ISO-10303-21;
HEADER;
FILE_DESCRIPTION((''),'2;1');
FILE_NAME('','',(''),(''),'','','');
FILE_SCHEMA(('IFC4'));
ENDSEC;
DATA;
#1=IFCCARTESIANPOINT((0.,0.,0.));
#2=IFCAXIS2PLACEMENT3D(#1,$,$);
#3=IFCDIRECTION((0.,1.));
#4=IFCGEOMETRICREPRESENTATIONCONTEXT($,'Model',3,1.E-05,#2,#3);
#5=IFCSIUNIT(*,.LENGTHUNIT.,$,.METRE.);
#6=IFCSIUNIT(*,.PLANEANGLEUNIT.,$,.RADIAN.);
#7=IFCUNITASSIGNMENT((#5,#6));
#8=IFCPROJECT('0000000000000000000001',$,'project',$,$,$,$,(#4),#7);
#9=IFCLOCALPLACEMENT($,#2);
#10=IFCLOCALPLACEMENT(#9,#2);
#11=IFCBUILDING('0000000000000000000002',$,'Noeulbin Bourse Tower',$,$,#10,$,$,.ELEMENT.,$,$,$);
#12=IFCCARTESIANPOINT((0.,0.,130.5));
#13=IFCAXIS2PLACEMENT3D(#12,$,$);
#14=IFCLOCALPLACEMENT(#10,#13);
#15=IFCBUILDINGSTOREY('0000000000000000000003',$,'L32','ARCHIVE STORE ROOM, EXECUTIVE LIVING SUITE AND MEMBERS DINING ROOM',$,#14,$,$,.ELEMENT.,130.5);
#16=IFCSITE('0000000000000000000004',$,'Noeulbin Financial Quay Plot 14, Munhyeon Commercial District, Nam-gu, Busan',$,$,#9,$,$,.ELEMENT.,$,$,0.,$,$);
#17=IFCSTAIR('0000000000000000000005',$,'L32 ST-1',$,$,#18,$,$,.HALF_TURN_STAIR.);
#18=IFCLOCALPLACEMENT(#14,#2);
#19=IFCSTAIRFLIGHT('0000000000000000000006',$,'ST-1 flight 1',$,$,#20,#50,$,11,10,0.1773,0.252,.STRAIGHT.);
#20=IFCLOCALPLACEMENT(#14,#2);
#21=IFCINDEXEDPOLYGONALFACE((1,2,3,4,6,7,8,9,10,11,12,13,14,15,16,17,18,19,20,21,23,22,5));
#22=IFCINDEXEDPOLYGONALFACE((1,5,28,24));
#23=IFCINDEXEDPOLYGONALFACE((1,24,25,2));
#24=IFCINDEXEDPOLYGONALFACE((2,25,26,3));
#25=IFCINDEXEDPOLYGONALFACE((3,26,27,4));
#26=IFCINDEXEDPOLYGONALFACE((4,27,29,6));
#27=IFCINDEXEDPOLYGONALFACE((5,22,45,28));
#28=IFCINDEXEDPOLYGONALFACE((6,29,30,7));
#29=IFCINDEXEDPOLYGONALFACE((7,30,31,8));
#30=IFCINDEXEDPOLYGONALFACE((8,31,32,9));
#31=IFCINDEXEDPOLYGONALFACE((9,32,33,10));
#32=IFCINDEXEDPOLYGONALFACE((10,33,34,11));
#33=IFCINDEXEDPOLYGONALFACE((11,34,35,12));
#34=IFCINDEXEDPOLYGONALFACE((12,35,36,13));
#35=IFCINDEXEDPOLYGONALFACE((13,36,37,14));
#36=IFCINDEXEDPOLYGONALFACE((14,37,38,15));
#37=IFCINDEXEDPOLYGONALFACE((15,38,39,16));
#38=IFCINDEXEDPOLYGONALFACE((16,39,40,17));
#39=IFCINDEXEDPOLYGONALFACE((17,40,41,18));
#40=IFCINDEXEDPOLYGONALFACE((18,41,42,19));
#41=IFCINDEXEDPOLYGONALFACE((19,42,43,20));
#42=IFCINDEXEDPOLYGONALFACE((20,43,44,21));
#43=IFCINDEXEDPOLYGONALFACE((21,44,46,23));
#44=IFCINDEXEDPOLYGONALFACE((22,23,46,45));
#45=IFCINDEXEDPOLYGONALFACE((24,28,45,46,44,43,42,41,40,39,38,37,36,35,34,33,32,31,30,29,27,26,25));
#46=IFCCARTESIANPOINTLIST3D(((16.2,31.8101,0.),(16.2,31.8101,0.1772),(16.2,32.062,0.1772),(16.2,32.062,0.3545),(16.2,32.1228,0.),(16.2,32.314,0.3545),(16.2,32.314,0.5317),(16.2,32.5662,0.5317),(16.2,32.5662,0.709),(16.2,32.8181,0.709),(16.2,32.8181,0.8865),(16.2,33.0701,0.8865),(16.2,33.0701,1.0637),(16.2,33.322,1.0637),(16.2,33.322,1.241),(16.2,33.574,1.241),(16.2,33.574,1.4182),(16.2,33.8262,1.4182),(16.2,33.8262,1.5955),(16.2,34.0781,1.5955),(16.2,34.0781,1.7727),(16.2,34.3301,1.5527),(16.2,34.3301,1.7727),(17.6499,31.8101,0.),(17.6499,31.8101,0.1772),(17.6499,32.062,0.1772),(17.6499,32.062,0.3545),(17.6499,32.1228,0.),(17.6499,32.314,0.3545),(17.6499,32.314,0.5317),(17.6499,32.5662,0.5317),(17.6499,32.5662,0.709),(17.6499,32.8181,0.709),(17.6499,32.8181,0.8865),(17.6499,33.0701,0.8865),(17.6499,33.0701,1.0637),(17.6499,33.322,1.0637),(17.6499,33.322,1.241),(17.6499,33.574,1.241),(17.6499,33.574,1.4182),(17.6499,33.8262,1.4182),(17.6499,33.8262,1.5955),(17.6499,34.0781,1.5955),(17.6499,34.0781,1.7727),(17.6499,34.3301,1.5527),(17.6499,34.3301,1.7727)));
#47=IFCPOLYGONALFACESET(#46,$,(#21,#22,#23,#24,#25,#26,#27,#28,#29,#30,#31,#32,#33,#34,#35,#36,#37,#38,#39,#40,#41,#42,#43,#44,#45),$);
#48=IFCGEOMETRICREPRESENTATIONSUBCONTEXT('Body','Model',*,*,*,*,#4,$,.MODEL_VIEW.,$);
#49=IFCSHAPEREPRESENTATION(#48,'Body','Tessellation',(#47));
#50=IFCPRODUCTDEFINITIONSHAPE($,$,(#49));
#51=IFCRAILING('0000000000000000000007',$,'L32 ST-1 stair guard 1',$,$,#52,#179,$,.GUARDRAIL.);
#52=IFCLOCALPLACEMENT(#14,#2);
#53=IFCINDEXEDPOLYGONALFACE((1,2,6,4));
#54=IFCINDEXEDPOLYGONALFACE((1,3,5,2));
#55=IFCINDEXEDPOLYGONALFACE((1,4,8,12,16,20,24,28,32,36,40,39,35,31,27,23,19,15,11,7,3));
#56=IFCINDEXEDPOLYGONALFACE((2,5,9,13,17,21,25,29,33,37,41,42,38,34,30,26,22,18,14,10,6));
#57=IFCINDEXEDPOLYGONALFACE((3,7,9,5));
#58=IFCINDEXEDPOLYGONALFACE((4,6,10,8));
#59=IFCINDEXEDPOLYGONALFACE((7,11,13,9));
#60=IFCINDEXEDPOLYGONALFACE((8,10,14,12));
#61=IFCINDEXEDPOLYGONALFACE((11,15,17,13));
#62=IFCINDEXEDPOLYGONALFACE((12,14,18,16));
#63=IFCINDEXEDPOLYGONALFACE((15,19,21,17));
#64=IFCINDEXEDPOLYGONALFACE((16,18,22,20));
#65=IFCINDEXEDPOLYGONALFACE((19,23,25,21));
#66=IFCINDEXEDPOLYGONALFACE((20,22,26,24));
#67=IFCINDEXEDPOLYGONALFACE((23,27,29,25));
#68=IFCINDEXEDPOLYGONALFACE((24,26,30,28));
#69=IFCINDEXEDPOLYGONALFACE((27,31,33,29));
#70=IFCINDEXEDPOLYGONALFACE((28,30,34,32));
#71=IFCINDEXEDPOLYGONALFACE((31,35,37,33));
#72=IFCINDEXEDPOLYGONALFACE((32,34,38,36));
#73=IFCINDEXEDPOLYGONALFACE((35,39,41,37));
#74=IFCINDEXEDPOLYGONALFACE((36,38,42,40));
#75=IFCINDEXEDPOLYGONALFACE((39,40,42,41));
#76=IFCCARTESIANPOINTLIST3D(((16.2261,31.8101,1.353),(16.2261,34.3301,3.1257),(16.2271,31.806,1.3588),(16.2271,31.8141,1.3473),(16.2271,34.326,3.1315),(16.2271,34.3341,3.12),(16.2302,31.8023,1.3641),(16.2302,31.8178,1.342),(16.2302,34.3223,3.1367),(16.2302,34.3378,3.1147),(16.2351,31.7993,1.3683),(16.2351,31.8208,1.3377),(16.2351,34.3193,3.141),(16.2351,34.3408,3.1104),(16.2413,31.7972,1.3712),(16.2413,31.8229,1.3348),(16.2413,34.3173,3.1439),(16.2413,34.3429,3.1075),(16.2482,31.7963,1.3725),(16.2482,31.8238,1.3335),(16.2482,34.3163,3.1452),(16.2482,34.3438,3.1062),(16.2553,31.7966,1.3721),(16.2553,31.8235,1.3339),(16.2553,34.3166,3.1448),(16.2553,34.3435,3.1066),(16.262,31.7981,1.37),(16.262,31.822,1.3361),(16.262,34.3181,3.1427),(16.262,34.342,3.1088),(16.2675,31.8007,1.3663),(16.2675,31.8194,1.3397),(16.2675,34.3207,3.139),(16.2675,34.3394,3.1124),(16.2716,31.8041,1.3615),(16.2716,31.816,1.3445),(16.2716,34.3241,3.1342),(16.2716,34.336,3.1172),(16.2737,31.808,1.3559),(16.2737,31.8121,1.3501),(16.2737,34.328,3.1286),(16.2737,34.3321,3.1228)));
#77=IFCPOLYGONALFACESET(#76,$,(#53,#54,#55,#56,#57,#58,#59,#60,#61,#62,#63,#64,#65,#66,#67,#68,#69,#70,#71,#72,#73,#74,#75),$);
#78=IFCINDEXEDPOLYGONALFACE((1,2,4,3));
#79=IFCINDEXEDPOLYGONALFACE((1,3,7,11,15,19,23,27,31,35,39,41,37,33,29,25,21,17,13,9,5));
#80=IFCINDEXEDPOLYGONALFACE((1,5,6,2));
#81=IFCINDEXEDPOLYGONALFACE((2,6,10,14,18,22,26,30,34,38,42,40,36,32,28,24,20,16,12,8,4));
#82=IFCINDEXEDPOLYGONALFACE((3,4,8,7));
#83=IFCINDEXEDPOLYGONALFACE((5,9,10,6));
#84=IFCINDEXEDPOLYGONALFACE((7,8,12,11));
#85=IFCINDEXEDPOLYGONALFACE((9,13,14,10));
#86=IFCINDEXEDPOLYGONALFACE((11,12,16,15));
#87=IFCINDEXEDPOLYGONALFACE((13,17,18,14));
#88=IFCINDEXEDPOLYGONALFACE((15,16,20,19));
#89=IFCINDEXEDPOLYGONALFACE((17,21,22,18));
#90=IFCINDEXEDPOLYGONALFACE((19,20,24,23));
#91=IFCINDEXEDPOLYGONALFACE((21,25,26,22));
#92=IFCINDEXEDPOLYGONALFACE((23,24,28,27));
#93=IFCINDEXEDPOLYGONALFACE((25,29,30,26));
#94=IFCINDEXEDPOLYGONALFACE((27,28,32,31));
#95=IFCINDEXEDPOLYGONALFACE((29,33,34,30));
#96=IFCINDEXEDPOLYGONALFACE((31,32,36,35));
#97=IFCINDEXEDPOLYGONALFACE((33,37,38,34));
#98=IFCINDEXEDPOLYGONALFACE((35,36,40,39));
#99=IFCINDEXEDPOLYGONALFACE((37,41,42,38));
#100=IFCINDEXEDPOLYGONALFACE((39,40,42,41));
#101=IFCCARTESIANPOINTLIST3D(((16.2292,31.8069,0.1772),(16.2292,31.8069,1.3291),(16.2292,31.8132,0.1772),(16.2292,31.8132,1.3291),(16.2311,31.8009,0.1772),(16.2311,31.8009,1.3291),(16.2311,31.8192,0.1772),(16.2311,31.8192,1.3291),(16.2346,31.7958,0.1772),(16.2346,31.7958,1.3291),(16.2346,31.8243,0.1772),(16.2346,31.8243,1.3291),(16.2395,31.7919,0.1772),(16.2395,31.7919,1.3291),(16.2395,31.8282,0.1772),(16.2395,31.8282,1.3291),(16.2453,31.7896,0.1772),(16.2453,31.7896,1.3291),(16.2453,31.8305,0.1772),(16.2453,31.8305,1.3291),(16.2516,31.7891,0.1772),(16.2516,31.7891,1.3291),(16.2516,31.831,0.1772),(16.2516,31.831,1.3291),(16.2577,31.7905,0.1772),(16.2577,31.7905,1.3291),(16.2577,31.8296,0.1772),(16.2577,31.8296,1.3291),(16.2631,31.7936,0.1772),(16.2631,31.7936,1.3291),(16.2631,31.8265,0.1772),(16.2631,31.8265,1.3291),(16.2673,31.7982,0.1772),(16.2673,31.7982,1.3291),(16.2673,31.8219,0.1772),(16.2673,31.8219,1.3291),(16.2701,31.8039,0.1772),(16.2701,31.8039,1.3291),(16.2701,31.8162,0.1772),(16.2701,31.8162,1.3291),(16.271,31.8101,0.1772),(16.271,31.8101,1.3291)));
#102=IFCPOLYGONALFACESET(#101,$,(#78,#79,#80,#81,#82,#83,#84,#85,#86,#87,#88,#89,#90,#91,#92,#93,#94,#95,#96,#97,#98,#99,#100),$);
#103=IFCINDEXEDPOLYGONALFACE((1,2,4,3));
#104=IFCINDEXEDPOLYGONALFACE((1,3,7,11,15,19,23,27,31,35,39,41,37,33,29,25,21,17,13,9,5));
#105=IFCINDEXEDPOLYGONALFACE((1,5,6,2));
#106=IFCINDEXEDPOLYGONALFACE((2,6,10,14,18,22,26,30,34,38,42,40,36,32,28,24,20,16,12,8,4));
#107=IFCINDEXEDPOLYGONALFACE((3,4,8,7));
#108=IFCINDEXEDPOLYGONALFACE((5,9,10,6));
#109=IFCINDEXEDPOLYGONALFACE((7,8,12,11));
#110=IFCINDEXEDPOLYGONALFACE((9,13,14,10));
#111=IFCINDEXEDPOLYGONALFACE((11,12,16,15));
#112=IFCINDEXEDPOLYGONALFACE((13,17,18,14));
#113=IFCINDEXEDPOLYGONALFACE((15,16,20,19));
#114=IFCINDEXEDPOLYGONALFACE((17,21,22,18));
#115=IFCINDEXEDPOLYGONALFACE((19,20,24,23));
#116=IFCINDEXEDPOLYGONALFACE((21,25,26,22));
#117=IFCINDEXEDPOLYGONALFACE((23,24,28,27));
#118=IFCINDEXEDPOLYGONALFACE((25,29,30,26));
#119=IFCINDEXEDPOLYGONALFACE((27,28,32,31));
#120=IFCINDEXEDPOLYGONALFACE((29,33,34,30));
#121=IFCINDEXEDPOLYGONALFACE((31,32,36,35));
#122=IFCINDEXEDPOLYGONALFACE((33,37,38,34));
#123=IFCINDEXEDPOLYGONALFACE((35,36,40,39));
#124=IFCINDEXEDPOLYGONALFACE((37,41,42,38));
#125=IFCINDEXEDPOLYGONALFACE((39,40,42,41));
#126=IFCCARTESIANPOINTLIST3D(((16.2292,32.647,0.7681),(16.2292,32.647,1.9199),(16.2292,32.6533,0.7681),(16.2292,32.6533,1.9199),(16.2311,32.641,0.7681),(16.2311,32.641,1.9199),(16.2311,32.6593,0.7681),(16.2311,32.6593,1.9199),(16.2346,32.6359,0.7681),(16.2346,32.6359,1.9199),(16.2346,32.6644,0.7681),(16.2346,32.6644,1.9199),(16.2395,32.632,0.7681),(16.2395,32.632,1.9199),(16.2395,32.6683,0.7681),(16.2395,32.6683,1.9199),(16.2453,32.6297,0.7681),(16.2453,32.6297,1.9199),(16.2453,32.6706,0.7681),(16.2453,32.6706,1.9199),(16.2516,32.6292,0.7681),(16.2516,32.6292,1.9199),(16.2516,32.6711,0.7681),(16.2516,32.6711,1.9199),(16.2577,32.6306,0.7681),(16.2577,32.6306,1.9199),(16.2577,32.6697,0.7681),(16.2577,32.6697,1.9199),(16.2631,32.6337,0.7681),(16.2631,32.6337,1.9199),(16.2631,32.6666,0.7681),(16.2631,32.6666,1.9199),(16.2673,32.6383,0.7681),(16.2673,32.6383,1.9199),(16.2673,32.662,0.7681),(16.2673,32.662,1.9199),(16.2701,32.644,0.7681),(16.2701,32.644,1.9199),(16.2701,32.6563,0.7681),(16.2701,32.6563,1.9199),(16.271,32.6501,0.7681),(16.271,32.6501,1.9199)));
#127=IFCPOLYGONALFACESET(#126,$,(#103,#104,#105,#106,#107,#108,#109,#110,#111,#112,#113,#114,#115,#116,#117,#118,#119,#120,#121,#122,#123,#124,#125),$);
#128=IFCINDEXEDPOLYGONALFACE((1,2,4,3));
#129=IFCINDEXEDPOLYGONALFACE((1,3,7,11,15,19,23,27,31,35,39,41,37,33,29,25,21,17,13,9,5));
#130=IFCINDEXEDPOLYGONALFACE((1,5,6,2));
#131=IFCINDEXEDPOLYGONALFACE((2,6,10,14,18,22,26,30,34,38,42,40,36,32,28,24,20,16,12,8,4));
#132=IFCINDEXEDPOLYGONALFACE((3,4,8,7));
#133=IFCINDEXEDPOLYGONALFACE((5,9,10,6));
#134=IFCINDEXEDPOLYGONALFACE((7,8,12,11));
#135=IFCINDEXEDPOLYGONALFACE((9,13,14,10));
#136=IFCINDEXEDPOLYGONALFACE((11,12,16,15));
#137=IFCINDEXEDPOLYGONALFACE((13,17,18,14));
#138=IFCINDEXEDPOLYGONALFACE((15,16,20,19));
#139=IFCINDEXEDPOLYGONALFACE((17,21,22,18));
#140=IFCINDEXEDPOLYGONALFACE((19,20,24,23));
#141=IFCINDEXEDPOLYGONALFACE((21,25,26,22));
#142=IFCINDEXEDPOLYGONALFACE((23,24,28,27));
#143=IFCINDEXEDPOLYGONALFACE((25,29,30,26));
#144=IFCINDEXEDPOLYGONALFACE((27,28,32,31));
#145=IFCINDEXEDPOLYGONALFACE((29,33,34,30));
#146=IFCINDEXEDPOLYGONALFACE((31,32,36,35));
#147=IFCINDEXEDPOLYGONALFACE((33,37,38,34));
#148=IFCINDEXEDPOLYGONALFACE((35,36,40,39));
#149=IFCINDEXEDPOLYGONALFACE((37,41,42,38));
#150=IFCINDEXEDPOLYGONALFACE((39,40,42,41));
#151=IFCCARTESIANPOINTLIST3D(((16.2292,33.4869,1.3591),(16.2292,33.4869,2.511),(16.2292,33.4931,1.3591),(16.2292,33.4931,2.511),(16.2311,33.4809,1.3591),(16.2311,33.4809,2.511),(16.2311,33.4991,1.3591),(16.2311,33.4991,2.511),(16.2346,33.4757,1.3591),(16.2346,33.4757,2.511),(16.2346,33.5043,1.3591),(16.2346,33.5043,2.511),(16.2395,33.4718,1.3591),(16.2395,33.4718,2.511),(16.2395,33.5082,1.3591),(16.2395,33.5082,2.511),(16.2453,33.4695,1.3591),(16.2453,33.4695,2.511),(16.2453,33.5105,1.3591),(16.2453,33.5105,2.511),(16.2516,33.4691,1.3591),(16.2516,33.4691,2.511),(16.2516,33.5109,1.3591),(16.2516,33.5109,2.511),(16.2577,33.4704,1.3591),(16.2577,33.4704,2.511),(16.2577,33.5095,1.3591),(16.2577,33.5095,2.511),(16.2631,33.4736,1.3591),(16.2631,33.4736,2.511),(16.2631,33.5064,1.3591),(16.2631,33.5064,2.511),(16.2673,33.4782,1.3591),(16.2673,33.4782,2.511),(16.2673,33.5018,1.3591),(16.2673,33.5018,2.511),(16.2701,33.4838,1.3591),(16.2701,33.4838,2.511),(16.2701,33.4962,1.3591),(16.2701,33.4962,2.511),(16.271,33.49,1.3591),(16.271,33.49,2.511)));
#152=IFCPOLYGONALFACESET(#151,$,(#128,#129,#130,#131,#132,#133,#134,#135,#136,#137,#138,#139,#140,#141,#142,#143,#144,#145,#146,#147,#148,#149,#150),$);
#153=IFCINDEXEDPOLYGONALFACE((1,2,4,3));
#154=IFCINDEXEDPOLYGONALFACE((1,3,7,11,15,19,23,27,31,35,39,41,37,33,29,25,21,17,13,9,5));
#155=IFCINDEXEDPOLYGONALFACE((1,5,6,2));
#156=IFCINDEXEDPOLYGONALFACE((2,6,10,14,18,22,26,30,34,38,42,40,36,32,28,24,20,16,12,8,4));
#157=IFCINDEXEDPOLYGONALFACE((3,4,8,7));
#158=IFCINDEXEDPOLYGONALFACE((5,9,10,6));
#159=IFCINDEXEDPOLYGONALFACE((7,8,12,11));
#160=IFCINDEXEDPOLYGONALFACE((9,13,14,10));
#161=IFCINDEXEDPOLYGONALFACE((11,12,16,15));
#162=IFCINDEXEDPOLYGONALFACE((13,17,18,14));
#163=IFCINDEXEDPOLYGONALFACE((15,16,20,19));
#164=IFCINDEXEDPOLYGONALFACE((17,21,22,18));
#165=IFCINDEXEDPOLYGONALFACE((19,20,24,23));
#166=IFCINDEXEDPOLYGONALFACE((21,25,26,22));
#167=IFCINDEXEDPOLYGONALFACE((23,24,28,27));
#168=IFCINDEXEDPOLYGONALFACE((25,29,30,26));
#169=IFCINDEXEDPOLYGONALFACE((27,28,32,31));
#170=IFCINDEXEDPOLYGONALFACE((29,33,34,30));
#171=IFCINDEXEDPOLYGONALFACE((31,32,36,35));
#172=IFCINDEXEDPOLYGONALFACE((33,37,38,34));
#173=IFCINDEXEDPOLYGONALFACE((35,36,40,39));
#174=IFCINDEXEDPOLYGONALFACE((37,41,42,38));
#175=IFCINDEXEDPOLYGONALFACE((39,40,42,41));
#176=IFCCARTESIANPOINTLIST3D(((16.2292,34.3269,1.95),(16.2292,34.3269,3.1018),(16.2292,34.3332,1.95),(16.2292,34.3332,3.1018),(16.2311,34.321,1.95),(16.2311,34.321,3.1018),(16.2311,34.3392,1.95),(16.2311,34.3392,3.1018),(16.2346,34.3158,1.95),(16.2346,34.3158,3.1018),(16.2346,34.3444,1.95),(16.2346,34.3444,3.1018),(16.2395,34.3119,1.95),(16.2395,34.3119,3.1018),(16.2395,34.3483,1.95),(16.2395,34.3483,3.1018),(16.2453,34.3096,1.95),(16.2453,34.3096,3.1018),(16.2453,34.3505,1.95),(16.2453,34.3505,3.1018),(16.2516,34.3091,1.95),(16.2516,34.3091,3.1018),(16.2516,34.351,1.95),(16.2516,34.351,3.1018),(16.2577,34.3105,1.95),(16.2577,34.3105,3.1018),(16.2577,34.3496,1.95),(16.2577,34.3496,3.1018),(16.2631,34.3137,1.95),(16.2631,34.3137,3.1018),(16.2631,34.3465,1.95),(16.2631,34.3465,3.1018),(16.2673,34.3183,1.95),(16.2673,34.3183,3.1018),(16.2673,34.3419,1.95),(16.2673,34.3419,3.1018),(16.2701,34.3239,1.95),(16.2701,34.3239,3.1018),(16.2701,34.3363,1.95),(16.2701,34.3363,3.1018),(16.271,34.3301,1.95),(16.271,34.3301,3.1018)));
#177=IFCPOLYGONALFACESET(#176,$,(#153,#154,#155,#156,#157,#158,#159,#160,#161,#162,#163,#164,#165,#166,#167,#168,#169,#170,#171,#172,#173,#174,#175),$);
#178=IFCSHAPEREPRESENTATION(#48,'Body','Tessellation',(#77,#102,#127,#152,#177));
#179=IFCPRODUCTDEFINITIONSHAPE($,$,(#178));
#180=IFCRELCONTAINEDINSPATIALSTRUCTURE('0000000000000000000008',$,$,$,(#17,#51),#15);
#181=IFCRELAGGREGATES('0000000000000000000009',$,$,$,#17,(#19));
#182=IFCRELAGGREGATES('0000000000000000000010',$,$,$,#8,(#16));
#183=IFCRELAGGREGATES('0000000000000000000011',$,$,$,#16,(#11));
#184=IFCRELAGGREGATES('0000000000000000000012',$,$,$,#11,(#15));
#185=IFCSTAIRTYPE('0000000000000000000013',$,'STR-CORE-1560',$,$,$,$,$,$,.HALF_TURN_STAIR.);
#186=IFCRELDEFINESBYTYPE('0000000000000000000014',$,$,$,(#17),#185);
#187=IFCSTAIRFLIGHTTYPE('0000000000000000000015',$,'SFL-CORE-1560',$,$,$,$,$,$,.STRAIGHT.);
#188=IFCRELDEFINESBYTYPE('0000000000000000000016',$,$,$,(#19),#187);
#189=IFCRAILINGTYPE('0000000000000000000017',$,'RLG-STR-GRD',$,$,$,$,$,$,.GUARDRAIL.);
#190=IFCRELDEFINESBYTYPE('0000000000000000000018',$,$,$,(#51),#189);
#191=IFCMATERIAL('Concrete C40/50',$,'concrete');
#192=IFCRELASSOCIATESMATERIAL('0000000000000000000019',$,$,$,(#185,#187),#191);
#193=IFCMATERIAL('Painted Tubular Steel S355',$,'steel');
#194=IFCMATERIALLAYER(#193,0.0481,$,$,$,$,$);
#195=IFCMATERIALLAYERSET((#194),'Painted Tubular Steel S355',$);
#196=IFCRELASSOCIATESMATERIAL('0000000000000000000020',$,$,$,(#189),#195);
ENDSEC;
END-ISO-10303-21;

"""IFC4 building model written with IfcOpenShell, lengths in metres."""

from ifc_helpers import new_model, si_unit, direction, frame, origin, origin_2d, place, context, subcontext, project, spatial, polyline, circle, outline, extrude, material, layer, layer_set, type_object, element, aggregate, save


model = new_model("IFC4")

# Units and contexts
model_context = context("Model", 3, precision=1e-05, world=origin(), true_north=direction((0.0, 1.0)))
body_context = subcontext(model_context, "Body", "Model", "MODEL_VIEW")
ifc_project = project(units=[si_unit("LENGTHUNIT", "METRE"), si_unit("PLANEANGLEUNIT", "RADIAN")], contexts=[model_context])

# Site, building, storey
site_placement = place(None, origin())
site = spatial("IfcSite", under=ifc_project, at=site_placement, Name="Noeulbin Financial Quay Plot 14, Munhyeon Commercial District, Nam-gu, Busan", CompositionType="ELEMENT", RefElevation=0.0)
building_placement = place(site_placement, origin())
building = spatial("IfcBuilding", under=site, at=building_placement, Name="Noeulbin Bourse Tower", CompositionType="ELEMENT")
storey_placement = place(building_placement, frame((0.0, 0.0, 130.5)))
storey = spatial("IfcBuildingStorey", under=building, at=storey_placement, Name="L32", Description="ARCHIVE STORE ROOM, EXECUTIVE LIVING SUITE AND MEMBERS DINING ROOM", CompositionType="ELEMENT", Elevation=130.5)

# Shared definitions
ifc_material_1 = material(Name="Concrete C40/50", Category="concrete")

# Stair, stair flight
stair_type = type_object("IfcStairType", Name="STR-CORE-1560", PredefinedType="HALF_TURN_STAIR", material=ifc_material_1)
stair_placement = place(storey_placement, origin())
stair = element("IfcStair", 1, at=stair_placement, inside=storey, type_object=stair_type, Name="L32 ST-1", PredefinedType="HALF_TURN_STAIR")
stair_flight_type = type_object("IfcStairFlightType", Name="SFL-CORE-1560", PredefinedType="STRAIGHT", material=ifc_material_1)
stair_flight_placement = place(storey_placement, frame((16.925, 31.8101, 0.0), z_axis=(0.0, 0.0, 1.0), x_axis=(0.0, 1.0, 0.0)))
stair_flight = element("IfcStairFlight", 2, at=stair_flight_placement, type_object=stair_flight_type, Name="ST-1 flight 1", NumberOfRisers=11, NumberOfTreads=10, PredefinedType="STRAIGHT", RiserHeight=0.1773, TreadLength=0.252, context=body_context, shape_type="SweptSolid", body=[
    extrude(outline(polyline([(0.0, 0.0), (0.0, 0.1772), (0.252, 0.1772), (0.252, 0.3545), (0.5039, 0.3545), (0.5039, 0.5317), (0.7561, 0.5317), (0.7561, 0.709), (1.0081, 0.709), (1.0081, 0.8865), (1.26, 0.8865), (1.26, 1.0637), (1.512, 1.0637), (1.512, 1.241), (1.7639, 1.241), (1.7639, 1.4182), (2.0161, 1.4182), (2.0161, 1.5955), (2.2681, 1.5955), (2.2681, 1.7727), (2.52, 1.7727), (2.52, 1.95), (2.52, 1.5527), (0.3127, 0.0), (0.0, 0.0)])), frame((0.0, 0.7251, 0.0), z_axis=(0.0, -1.0, 0.0), x_axis=(1.0, 0.0, 0.0)), (0.0, 0.0, 1.0), 1.45),
])
aggregate(stair, [stair_flight])

# Railing
ifc_material_2 = material(Name="Painted Tubular Steel S355", Category="steel")
ifc_layer_1 = layer(ifc_material_2, 0.0481)
ifc_layer_set_1 = layer_set([ifc_layer_1], Name="Painted Tubular Steel S355")
railing_type_1 = type_object("IfcRailingType", Name="RLG-STR-GRD", PredefinedType="GUARDRAIL", material=ifc_layer_set_1)
railing_1_placement = place(storey_placement, frame((16.25, 31.8101, 0.1772)))
element("IfcRailing", 3, at=railing_1_placement, inside=storey, type_object=railing_type_1, Name="L32 ST-1 stair guard 1", PredefinedType="GUARDRAIL", context=body_context, shape_type="SweptSolid", body=[
    extrude(circle(Radius=0.0239, at=origin_2d()), frame((0.0, 0.0, 1.1758), z_axis=(0.0, 0.817904, 0.575354), x_axis=(-1.0, 0.0, 0.0)), (0.0, 0.0, 1.0), 3.0811),
    extrude(circle(Radius=0.021, at=origin_2d()), origin(), (0.0, 0.0, 1.0), 1.1519),
    extrude(circle(Radius=0.021, at=origin_2d()), frame((0.0, 0.8401, 0.5908)), (0.0, 0.0, 1.0), 1.1519),
    extrude(circle(Radius=0.021, at=origin_2d()), frame((0.0, 1.6799, 1.1819)), (0.0, 0.0, 1.0), 1.1519),
    extrude(circle(Radius=0.021, at=origin_2d()), frame((0.0, 2.52, 1.7727)), (0.0, 0.0, 1.0), 1.1519),
])

save(model, "model.ifc")
